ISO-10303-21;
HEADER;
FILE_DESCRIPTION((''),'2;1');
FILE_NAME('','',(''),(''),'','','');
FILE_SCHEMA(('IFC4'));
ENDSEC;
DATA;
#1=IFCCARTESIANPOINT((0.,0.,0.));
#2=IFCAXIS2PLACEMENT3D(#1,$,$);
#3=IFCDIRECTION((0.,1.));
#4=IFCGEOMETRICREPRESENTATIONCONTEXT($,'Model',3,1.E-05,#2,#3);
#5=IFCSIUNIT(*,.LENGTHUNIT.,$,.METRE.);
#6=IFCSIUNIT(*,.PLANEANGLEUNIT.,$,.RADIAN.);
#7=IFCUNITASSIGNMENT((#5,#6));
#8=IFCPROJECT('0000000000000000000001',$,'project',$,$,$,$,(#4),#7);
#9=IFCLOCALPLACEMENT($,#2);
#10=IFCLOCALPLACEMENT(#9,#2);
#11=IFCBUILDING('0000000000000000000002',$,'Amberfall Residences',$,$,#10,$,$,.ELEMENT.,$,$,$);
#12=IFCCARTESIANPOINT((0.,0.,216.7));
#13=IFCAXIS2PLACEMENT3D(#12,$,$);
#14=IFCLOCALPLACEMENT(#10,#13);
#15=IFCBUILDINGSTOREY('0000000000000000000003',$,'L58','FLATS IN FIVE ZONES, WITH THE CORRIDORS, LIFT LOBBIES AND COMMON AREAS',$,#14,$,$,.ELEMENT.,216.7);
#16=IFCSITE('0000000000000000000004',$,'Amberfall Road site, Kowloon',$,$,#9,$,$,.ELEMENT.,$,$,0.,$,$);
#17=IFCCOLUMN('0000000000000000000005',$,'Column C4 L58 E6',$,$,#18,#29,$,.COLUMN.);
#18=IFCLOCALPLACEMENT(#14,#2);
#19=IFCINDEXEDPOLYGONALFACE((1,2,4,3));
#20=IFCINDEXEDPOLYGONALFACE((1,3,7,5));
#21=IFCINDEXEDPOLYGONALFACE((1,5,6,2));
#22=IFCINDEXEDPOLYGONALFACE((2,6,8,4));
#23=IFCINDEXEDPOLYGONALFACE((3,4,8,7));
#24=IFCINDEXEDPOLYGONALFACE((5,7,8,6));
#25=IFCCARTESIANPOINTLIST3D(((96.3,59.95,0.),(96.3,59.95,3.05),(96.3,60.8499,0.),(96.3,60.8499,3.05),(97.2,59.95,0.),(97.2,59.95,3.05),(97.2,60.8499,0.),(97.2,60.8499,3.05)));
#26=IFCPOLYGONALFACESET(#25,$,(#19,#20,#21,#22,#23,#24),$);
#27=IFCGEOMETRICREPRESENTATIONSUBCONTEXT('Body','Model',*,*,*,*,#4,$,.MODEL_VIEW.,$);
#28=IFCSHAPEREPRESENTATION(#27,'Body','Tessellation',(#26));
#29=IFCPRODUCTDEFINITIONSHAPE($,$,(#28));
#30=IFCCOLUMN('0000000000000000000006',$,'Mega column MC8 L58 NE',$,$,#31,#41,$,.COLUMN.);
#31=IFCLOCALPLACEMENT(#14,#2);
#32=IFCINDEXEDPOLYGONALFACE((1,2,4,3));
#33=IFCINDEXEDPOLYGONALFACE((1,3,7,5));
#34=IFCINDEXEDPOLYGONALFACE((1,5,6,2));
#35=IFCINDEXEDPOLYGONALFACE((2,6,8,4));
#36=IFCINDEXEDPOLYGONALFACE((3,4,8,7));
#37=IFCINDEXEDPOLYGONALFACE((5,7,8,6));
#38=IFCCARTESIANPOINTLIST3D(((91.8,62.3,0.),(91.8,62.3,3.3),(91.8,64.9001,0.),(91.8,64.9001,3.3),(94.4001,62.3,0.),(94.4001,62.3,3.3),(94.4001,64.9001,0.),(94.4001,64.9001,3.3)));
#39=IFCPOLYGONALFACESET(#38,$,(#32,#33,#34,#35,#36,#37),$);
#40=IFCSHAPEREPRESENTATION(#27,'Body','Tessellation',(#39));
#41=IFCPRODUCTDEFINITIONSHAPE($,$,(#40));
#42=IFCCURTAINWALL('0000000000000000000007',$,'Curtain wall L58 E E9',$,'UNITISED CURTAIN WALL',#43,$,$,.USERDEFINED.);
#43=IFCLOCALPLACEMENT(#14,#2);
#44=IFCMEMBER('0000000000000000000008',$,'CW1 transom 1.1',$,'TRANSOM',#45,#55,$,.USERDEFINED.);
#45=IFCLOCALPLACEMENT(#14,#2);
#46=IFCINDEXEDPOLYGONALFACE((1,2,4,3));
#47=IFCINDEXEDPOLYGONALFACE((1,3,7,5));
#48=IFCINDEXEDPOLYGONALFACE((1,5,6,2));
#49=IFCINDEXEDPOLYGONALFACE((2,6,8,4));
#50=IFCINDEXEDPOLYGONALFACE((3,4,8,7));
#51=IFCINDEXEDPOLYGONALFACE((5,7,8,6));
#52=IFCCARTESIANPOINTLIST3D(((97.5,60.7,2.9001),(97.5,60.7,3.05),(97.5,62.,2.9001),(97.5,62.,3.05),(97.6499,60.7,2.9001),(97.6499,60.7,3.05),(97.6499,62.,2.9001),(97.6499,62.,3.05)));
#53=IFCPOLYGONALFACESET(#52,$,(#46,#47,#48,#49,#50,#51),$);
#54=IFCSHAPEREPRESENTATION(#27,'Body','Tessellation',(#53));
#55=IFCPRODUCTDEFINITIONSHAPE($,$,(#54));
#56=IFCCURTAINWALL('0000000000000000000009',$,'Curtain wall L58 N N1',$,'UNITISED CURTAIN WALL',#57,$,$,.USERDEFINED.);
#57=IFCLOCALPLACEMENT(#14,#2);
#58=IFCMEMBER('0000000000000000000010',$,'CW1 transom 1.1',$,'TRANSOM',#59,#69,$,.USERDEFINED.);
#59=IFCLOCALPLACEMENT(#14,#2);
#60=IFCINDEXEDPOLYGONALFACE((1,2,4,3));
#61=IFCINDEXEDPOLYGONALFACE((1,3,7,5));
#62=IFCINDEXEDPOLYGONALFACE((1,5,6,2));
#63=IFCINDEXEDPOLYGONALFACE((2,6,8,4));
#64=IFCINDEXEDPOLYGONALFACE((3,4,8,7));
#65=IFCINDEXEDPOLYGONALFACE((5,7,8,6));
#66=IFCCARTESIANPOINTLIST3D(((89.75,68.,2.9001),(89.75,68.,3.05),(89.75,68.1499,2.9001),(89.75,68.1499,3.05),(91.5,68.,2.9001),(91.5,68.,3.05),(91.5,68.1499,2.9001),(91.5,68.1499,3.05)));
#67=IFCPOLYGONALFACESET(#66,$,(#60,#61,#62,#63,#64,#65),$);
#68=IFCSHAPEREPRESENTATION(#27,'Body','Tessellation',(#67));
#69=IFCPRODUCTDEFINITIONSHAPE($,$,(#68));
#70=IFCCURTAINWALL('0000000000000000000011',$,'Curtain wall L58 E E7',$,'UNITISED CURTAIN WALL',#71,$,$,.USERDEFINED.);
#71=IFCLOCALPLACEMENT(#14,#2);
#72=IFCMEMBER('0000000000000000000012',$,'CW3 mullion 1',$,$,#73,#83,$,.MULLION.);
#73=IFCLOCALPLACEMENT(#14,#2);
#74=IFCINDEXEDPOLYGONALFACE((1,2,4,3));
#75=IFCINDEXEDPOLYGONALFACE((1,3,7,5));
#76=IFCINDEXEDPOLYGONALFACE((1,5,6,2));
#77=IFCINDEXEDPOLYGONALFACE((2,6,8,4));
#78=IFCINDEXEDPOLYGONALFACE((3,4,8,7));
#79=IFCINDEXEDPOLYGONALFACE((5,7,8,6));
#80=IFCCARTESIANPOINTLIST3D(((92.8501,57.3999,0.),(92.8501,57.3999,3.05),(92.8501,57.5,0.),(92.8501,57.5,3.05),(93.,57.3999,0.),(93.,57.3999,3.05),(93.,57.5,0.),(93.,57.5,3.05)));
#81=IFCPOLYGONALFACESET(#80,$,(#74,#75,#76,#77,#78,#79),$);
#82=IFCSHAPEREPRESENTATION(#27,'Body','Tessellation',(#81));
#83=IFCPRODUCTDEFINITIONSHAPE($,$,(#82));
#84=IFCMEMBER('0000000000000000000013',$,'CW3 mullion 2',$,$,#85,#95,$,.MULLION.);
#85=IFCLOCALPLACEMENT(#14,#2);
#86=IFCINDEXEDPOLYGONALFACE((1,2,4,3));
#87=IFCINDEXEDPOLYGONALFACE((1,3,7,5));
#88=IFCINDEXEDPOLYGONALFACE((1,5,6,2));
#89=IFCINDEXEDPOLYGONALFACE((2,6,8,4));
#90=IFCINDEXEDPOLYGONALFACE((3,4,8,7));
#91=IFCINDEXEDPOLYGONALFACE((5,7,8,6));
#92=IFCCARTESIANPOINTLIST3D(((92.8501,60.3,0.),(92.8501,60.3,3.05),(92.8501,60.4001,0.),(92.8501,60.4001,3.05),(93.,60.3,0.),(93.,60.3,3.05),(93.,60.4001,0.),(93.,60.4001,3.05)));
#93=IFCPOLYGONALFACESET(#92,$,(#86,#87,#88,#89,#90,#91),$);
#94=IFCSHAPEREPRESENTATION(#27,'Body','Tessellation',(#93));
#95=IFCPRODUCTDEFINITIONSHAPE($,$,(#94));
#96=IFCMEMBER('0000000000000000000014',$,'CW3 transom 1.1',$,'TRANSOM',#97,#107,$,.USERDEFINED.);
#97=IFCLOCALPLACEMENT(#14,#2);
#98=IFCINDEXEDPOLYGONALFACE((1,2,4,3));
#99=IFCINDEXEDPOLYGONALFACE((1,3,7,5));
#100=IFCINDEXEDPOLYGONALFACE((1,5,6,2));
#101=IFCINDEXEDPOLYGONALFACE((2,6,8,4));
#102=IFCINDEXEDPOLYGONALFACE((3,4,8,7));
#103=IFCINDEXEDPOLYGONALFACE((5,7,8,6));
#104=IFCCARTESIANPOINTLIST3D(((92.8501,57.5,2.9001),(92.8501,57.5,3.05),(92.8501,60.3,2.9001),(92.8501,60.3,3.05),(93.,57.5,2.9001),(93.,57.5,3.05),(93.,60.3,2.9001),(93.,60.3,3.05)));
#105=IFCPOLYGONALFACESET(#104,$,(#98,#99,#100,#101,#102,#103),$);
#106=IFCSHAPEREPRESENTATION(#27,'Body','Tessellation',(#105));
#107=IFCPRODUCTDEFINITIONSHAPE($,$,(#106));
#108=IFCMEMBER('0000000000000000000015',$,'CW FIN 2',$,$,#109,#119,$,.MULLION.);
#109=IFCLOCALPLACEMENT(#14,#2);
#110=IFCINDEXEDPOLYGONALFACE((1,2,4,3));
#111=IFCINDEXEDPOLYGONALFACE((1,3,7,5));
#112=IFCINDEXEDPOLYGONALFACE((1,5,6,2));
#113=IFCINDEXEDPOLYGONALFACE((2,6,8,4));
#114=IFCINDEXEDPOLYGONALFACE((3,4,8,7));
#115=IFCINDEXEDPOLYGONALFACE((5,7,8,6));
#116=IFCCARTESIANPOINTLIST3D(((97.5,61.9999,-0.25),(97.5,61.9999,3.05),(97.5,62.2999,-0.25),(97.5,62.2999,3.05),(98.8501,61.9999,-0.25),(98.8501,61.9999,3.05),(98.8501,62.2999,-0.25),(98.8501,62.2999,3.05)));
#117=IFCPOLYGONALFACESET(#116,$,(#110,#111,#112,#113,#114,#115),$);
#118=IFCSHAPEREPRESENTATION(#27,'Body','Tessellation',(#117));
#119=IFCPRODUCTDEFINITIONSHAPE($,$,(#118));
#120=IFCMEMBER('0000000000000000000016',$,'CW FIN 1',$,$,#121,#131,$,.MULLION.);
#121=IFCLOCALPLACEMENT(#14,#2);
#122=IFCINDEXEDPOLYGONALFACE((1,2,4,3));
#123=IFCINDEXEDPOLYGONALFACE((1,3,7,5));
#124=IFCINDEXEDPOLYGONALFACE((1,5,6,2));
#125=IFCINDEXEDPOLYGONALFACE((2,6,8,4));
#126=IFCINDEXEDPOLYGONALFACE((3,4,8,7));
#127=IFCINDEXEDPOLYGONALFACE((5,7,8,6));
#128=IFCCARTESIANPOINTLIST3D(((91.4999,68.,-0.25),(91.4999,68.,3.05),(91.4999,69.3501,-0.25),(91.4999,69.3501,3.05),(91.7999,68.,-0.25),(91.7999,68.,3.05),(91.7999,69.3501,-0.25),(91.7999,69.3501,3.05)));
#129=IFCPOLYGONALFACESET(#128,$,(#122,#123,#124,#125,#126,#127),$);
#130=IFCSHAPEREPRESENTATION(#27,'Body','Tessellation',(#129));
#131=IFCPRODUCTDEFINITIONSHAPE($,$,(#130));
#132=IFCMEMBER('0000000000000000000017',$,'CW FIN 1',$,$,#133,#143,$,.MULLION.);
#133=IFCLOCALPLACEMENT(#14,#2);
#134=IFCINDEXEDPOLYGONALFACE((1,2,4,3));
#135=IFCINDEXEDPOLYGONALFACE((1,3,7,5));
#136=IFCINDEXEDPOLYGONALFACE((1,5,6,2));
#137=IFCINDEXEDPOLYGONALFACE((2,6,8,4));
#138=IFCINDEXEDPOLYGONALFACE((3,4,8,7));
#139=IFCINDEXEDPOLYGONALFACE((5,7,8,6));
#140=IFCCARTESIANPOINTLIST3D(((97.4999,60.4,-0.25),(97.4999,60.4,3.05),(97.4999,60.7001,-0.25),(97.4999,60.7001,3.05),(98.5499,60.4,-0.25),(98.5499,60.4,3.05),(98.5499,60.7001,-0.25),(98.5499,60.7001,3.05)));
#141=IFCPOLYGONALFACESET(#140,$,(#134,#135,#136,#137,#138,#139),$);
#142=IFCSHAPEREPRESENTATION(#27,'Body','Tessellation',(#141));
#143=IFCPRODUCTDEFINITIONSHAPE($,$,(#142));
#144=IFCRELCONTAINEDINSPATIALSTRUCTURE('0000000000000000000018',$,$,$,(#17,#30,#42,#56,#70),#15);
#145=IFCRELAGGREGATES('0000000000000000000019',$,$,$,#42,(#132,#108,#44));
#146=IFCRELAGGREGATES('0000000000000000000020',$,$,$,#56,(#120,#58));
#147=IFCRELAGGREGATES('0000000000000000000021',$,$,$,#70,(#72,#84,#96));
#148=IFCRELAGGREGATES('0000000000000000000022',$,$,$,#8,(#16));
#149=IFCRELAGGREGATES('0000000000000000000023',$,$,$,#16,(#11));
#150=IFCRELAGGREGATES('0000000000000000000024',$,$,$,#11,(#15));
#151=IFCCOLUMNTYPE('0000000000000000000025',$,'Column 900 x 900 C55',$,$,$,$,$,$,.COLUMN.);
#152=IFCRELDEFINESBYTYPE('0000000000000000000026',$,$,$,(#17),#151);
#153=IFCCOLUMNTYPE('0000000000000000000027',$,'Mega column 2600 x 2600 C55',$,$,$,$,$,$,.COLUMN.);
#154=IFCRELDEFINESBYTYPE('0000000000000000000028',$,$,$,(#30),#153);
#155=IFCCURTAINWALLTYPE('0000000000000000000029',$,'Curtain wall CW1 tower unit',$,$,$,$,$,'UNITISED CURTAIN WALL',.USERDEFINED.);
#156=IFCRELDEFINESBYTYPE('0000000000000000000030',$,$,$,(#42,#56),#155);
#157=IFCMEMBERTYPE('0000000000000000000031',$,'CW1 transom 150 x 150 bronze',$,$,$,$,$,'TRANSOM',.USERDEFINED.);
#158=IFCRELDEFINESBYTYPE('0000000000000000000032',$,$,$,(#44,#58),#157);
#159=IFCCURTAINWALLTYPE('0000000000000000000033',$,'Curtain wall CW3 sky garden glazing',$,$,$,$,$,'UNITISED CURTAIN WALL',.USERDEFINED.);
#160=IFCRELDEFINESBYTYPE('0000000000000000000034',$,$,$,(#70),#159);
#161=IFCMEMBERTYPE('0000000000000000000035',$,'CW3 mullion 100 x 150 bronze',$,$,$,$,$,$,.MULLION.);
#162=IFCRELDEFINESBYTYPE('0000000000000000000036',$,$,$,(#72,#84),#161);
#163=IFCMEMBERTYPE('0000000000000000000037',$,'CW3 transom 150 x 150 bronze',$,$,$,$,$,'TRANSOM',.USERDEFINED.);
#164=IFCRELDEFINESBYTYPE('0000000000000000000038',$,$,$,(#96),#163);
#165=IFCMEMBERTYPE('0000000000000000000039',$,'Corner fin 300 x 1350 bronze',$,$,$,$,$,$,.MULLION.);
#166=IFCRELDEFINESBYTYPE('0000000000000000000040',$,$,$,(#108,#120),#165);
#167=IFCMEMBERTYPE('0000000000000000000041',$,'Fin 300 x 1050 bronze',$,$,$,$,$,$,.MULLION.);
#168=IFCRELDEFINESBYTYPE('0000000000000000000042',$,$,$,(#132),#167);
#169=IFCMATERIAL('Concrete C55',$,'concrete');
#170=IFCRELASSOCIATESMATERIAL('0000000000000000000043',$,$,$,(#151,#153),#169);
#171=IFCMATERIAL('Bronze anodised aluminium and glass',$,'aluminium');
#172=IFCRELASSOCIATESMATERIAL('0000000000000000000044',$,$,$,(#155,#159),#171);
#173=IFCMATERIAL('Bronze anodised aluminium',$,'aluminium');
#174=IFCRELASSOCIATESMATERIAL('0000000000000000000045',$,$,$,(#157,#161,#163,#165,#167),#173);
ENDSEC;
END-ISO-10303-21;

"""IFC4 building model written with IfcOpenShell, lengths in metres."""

from ifc_helpers import new_model, si_unit, direction, frame, origin, origin_2d, place, context, subcontext, project, spatial, rectangle, extrude, material, material_profile, profile_set, type_object, element, aggregate, save


model = new_model("IFC4")

# Units and contexts
model_context = context("Model", 3, precision=1e-05, world=origin(), true_north=direction((0.0, 1.0)))
body_context = subcontext(model_context, "Body", "Model", "MODEL_VIEW")
ifc_project = project(units=[si_unit("LENGTHUNIT", "METRE"), si_unit("PLANEANGLEUNIT", "RADIAN")], contexts=[model_context])

# Site, building, storey
site_placement = place(None, origin())
site = spatial("IfcSite", under=ifc_project, at=site_placement, Name="Amberfall Road site, Kowloon", CompositionType="ELEMENT", RefElevation=0.0)
building_placement = place(site_placement, origin())
building = spatial("IfcBuilding", under=site, at=building_placement, Name="Amberfall Residences", CompositionType="ELEMENT")
storey_placement = place(building_placement, frame((0.0, 0.0, 216.7)))
storey = spatial("IfcBuildingStorey", under=building, at=storey_placement, Name="L58", Description="FLATS IN FIVE ZONES, WITH THE CORRIDORS, LIFT LOBBIES AND COMMON AREAS", CompositionType="ELEMENT", Elevation=216.7)

# Columns
ifc_material_1 = material(Name="Concrete C55", Category="concrete")
ifc_material_profile_1 = material_profile(ifc_material_1, rectangle(XDim=0.8999, YDim=0.8999, at=origin_2d()), Name="Column 900 x 900 C55")
ifc_profile_set_1 = profile_set([ifc_material_profile_1], Name="Concrete C55")
column_type_1 = type_object("IfcColumnType", Name="Column 900 x 900 C55", PredefinedType="COLUMN", material=ifc_profile_set_1)
column_1_placement = place(storey_placement, frame((96.75, 60.3999, 0.0), z_axis=(0.0, 0.0, 1.0), x_axis=(1.0, 0.0, 0.0)))
element("IfcColumn", 1, at=column_1_placement, inside=storey, type_object=column_type_1, Name="Column C4 L58 E6", PredefinedType="COLUMN", context=body_context, shape_type="SweptSolid", body=[
    extrude(rectangle(XDim=0.8999, YDim=0.8999, at=origin_2d()), origin(), (0.0, 0.0, 1.0), 3.05),
])
ifc_material_profile_2 = material_profile(ifc_material_1, rectangle(XDim=2.6001, YDim=2.6001, at=origin_2d()), Name="Mega column 2600 x 2600 C55")
ifc_profile_set_2 = profile_set([ifc_material_profile_2], Name="Concrete C55")
column_type_2 = type_object("IfcColumnType", Name="Mega column 2600 x 2600 C55", PredefinedType="COLUMN", material=ifc_profile_set_2)
column_2_placement = place(storey_placement, frame((93.1001, 63.6001, 0.0), z_axis=(0.0, 0.0, 1.0), x_axis=(1.0, 0.0, 0.0)))
element("IfcColumn", 2, at=column_2_placement, inside=storey, type_object=column_type_2, Name="Mega column MC8 L58 NE", PredefinedType="COLUMN", context=body_context, shape_type="SweptSolid", body=[
    extrude(rectangle(XDim=2.6001, YDim=2.6001, at=origin_2d()), origin(), (0.0, 0.0, 1.0), 3.3),
])

# Curtain walls, members
ifc_material_2 = material(Name="Bronze anodised aluminium and glass", Category="aluminium")
curtain_wall_type_1 = type_object("IfcCurtainWallType", Name="Curtain wall CW1 tower unit", ElementType="UNITISED CURTAIN WALL", PredefinedType="USERDEFINED", material=ifc_material_2)
curtain_wall_1_placement = place(storey_placement, origin())
curtain_wall_1 = element("IfcCurtainWall", 3, at=curtain_wall_1_placement, inside=storey, type_object=curtain_wall_type_1, Name="Curtain wall L58 E E9", ObjectType="UNITISED CURTAIN WALL", PredefinedType="USERDEFINED")
ifc_material_3 = material(Name="Bronze anodised aluminium", Category="aluminium")
ifc_material_profile_3 = material_profile(ifc_material_3, rectangle(XDim=0.1499, YDim=0.1499, at=origin_2d()), Name="CW1 transom 150 x 150 bronze")
ifc_profile_set_3 = profile_set([ifc_material_profile_3], Name="Bronze anodised aluminium")
member_type_1 = type_object("IfcMemberType", Name="CW1 transom 150 x 150 bronze", ElementType="TRANSOM", PredefinedType="USERDEFINED", material=ifc_profile_set_3)
member_1_placement = place(storey_placement, frame((97.575, 60.7, 2.9751), z_axis=(0.0, 1.0, 0.0), x_axis=(-1.0, 0.0, 0.0)))
member_1 = element("IfcMember", 4, at=member_1_placement, type_object=member_type_1, Name="CW1 transom 1.1", ObjectType="TRANSOM", PredefinedType="USERDEFINED", context=body_context, shape_type="SweptSolid", body=[
    extrude(rectangle(XDim=0.1499, YDim=0.1499, at=origin_2d()), origin(), (0.0, 0.0, 1.0), 1.3),
])
curtain_wall_2_placement = place(storey_placement, origin())
curtain_wall_2 = element("IfcCurtainWall", 5, at=curtain_wall_2_placement, inside=storey, type_object=curtain_wall_type_1, Name="Curtain wall L58 N N1", ObjectType="UNITISED CURTAIN WALL", PredefinedType="USERDEFINED")
member_2_placement = place(storey_placement, frame((91.5, 68.075, 2.9751), z_axis=(-1.0, 0.0, 0.0), x_axis=(0.0, -1.0, 0.0)))
member_2 = element("IfcMember", 6, at=member_2_placement, type_object=member_type_1, Name="CW1 transom 1.1", ObjectType="TRANSOM", PredefinedType="USERDEFINED", context=body_context, shape_type="SweptSolid", body=[
    extrude(rectangle(XDim=0.1499, YDim=0.1499, at=origin_2d()), origin(), (0.0, 0.0, 1.0), 1.75),
])

# Curtain wall, members
curtain_wall_type_2 = type_object("IfcCurtainWallType", Name="Curtain wall CW3 sky garden glazing", ElementType="UNITISED CURTAIN WALL", PredefinedType="USERDEFINED", material=ifc_material_2)
curtain_wall_3_placement = place(storey_placement, origin())
curtain_wall_3 = element("IfcCurtainWall", 7, at=curtain_wall_3_placement, inside=storey, type_object=curtain_wall_type_2, Name="Curtain wall L58 E E7", ObjectType="UNITISED CURTAIN WALL", PredefinedType="USERDEFINED")
ifc_material_profile_4 = material_profile(ifc_material_3, rectangle(XDim=0.1499, YDim=0.1001, at=origin_2d()), Name="CW3 mullion 100 x 150 bronze")
ifc_profile_set_4 = profile_set([ifc_material_profile_4], Name="Bronze anodised aluminium")
member_type_2 = type_object("IfcMemberType", Name="CW3 mullion 100 x 150 bronze", PredefinedType="MULLION", material=ifc_profile_set_4)
member_3_placement = place(storey_placement, frame((92.925, 57.45, 0.0), z_axis=(0.0, 0.0, 1.0), x_axis=(-1.0, 0.0, 0.0)))
member_3 = element("IfcMember", 8, at=member_3_placement, type_object=member_type_2, Name="CW3 mullion 1", PredefinedType="MULLION", context=body_context, shape_type="SweptSolid", body=[
    extrude(rectangle(XDim=0.1499, YDim=0.1001, at=origin_2d()), origin(), (0.0, 0.0, 1.0), 3.05),
])
member_4_placement = place(storey_placement, frame((92.925, 60.3501, 0.0), z_axis=(0.0, 0.0, 1.0), x_axis=(-1.0, 0.0, 0.0)))
member_4 = element("IfcMember", 9, at=member_4_placement, type_object=member_type_2, Name="CW3 mullion 2", PredefinedType="MULLION", context=body_context, shape_type="SweptSolid", body=[
    extrude(rectangle(XDim=0.1499, YDim=0.1001, at=origin_2d()), origin(), (0.0, 0.0, 1.0), 3.05),
])
ifc_material_profile_5 = material_profile(ifc_material_3, rectangle(XDim=0.1499, YDim=0.1499, at=origin_2d()), Name="CW3 transom 150 x 150 bronze")
ifc_profile_set_5 = profile_set([ifc_material_profile_5], Name="Bronze anodised aluminium")
member_type_3 = type_object("IfcMemberType", Name="CW3 transom 150 x 150 bronze", ElementType="TRANSOM", PredefinedType="USERDEFINED", material=ifc_profile_set_5)
member_5_placement = place(storey_placement, frame((92.925, 57.5, 2.9751), z_axis=(0.0, 1.0, 0.0), x_axis=(-1.0, 0.0, 0.0)))
member_5 = element("IfcMember", 10, at=member_5_placement, type_object=member_type_3, Name="CW3 transom 1.1", ObjectType="TRANSOM", PredefinedType="USERDEFINED", context=body_context, shape_type="SweptSolid", body=[
    extrude(rectangle(XDim=0.1499, YDim=0.1499, at=origin_2d()), origin(), (0.0, 0.0, 1.0), 2.8),
])

# Members
ifc_material_profile_6 = material_profile(ifc_material_3, rectangle(XDim=1.3501, YDim=0.3, at=origin_2d()), Name="Corner fin 300 x 1350 bronze")
ifc_profile_set_6 = profile_set([ifc_material_profile_6], Name="Bronze anodised aluminium")
member_type_4 = type_object("IfcMemberType", Name="Corner fin 300 x 1350 bronze", PredefinedType="MULLION", material=ifc_profile_set_6)
member_6_placement = place(storey_placement, frame((98.175, 62.1499, -0.25), z_axis=(0.0, 0.0, 1.0), x_axis=(-1.0, 0.0, 0.0)))
member_6 = element("IfcMember", 11, at=member_6_placement, type_object=member_type_4, Name="CW FIN 2", PredefinedType="MULLION", context=body_context, shape_type="SweptSolid", body=[
    extrude(rectangle(XDim=1.3501, YDim=0.3, at=origin_2d()), origin(), (0.0, 0.0, 1.0), 3.3),
])
member_7_placement = place(storey_placement, frame((91.6499, 68.675, -0.25), z_axis=(0.0, 0.0, 1.0), x_axis=(0.0, -1.0, 0.0)))
member_7 = element("IfcMember", 12, at=member_7_placement, type_object=member_type_4, Name="CW FIN 1", PredefinedType="MULLION", context=body_context, shape_type="SweptSolid", body=[
    extrude(rectangle(XDim=1.3501, YDim=0.3, at=origin_2d()), origin(), (0.0, 0.0, 1.0), 3.3),
])
ifc_material_profile_7 = material_profile(ifc_material_3, rectangle(XDim=1.05, YDim=0.3, at=origin_2d()), Name="Fin 300 x 1050 bronze")
ifc_profile_set_7 = profile_set([ifc_material_profile_7], Name="Bronze anodised aluminium")
member_type_5 = type_object("IfcMemberType", Name="Fin 300 x 1050 bronze", PredefinedType="MULLION", material=ifc_profile_set_7)
member_8_placement = place(storey_placement, frame((98.0249, 60.55, -0.25), z_axis=(0.0, 0.0, 1.0), x_axis=(-1.0, 0.0, 0.0)))
member_8 = element("IfcMember", 13, at=member_8_placement, type_object=member_type_5, Name="CW FIN 1", PredefinedType="MULLION", context=body_context, shape_type="SweptSolid", body=[
    extrude(rectangle(XDim=1.05, YDim=0.3, at=origin_2d()), origin(), (0.0, 0.0, 1.0), 3.3),
])

aggregate(curtain_wall_1, [member_8, member_6, member_1])
aggregate(curtain_wall_2, [member_7, member_2])
aggregate(curtain_wall_3, [member_3, member_4, member_5])

save(model, "model.ifc")
